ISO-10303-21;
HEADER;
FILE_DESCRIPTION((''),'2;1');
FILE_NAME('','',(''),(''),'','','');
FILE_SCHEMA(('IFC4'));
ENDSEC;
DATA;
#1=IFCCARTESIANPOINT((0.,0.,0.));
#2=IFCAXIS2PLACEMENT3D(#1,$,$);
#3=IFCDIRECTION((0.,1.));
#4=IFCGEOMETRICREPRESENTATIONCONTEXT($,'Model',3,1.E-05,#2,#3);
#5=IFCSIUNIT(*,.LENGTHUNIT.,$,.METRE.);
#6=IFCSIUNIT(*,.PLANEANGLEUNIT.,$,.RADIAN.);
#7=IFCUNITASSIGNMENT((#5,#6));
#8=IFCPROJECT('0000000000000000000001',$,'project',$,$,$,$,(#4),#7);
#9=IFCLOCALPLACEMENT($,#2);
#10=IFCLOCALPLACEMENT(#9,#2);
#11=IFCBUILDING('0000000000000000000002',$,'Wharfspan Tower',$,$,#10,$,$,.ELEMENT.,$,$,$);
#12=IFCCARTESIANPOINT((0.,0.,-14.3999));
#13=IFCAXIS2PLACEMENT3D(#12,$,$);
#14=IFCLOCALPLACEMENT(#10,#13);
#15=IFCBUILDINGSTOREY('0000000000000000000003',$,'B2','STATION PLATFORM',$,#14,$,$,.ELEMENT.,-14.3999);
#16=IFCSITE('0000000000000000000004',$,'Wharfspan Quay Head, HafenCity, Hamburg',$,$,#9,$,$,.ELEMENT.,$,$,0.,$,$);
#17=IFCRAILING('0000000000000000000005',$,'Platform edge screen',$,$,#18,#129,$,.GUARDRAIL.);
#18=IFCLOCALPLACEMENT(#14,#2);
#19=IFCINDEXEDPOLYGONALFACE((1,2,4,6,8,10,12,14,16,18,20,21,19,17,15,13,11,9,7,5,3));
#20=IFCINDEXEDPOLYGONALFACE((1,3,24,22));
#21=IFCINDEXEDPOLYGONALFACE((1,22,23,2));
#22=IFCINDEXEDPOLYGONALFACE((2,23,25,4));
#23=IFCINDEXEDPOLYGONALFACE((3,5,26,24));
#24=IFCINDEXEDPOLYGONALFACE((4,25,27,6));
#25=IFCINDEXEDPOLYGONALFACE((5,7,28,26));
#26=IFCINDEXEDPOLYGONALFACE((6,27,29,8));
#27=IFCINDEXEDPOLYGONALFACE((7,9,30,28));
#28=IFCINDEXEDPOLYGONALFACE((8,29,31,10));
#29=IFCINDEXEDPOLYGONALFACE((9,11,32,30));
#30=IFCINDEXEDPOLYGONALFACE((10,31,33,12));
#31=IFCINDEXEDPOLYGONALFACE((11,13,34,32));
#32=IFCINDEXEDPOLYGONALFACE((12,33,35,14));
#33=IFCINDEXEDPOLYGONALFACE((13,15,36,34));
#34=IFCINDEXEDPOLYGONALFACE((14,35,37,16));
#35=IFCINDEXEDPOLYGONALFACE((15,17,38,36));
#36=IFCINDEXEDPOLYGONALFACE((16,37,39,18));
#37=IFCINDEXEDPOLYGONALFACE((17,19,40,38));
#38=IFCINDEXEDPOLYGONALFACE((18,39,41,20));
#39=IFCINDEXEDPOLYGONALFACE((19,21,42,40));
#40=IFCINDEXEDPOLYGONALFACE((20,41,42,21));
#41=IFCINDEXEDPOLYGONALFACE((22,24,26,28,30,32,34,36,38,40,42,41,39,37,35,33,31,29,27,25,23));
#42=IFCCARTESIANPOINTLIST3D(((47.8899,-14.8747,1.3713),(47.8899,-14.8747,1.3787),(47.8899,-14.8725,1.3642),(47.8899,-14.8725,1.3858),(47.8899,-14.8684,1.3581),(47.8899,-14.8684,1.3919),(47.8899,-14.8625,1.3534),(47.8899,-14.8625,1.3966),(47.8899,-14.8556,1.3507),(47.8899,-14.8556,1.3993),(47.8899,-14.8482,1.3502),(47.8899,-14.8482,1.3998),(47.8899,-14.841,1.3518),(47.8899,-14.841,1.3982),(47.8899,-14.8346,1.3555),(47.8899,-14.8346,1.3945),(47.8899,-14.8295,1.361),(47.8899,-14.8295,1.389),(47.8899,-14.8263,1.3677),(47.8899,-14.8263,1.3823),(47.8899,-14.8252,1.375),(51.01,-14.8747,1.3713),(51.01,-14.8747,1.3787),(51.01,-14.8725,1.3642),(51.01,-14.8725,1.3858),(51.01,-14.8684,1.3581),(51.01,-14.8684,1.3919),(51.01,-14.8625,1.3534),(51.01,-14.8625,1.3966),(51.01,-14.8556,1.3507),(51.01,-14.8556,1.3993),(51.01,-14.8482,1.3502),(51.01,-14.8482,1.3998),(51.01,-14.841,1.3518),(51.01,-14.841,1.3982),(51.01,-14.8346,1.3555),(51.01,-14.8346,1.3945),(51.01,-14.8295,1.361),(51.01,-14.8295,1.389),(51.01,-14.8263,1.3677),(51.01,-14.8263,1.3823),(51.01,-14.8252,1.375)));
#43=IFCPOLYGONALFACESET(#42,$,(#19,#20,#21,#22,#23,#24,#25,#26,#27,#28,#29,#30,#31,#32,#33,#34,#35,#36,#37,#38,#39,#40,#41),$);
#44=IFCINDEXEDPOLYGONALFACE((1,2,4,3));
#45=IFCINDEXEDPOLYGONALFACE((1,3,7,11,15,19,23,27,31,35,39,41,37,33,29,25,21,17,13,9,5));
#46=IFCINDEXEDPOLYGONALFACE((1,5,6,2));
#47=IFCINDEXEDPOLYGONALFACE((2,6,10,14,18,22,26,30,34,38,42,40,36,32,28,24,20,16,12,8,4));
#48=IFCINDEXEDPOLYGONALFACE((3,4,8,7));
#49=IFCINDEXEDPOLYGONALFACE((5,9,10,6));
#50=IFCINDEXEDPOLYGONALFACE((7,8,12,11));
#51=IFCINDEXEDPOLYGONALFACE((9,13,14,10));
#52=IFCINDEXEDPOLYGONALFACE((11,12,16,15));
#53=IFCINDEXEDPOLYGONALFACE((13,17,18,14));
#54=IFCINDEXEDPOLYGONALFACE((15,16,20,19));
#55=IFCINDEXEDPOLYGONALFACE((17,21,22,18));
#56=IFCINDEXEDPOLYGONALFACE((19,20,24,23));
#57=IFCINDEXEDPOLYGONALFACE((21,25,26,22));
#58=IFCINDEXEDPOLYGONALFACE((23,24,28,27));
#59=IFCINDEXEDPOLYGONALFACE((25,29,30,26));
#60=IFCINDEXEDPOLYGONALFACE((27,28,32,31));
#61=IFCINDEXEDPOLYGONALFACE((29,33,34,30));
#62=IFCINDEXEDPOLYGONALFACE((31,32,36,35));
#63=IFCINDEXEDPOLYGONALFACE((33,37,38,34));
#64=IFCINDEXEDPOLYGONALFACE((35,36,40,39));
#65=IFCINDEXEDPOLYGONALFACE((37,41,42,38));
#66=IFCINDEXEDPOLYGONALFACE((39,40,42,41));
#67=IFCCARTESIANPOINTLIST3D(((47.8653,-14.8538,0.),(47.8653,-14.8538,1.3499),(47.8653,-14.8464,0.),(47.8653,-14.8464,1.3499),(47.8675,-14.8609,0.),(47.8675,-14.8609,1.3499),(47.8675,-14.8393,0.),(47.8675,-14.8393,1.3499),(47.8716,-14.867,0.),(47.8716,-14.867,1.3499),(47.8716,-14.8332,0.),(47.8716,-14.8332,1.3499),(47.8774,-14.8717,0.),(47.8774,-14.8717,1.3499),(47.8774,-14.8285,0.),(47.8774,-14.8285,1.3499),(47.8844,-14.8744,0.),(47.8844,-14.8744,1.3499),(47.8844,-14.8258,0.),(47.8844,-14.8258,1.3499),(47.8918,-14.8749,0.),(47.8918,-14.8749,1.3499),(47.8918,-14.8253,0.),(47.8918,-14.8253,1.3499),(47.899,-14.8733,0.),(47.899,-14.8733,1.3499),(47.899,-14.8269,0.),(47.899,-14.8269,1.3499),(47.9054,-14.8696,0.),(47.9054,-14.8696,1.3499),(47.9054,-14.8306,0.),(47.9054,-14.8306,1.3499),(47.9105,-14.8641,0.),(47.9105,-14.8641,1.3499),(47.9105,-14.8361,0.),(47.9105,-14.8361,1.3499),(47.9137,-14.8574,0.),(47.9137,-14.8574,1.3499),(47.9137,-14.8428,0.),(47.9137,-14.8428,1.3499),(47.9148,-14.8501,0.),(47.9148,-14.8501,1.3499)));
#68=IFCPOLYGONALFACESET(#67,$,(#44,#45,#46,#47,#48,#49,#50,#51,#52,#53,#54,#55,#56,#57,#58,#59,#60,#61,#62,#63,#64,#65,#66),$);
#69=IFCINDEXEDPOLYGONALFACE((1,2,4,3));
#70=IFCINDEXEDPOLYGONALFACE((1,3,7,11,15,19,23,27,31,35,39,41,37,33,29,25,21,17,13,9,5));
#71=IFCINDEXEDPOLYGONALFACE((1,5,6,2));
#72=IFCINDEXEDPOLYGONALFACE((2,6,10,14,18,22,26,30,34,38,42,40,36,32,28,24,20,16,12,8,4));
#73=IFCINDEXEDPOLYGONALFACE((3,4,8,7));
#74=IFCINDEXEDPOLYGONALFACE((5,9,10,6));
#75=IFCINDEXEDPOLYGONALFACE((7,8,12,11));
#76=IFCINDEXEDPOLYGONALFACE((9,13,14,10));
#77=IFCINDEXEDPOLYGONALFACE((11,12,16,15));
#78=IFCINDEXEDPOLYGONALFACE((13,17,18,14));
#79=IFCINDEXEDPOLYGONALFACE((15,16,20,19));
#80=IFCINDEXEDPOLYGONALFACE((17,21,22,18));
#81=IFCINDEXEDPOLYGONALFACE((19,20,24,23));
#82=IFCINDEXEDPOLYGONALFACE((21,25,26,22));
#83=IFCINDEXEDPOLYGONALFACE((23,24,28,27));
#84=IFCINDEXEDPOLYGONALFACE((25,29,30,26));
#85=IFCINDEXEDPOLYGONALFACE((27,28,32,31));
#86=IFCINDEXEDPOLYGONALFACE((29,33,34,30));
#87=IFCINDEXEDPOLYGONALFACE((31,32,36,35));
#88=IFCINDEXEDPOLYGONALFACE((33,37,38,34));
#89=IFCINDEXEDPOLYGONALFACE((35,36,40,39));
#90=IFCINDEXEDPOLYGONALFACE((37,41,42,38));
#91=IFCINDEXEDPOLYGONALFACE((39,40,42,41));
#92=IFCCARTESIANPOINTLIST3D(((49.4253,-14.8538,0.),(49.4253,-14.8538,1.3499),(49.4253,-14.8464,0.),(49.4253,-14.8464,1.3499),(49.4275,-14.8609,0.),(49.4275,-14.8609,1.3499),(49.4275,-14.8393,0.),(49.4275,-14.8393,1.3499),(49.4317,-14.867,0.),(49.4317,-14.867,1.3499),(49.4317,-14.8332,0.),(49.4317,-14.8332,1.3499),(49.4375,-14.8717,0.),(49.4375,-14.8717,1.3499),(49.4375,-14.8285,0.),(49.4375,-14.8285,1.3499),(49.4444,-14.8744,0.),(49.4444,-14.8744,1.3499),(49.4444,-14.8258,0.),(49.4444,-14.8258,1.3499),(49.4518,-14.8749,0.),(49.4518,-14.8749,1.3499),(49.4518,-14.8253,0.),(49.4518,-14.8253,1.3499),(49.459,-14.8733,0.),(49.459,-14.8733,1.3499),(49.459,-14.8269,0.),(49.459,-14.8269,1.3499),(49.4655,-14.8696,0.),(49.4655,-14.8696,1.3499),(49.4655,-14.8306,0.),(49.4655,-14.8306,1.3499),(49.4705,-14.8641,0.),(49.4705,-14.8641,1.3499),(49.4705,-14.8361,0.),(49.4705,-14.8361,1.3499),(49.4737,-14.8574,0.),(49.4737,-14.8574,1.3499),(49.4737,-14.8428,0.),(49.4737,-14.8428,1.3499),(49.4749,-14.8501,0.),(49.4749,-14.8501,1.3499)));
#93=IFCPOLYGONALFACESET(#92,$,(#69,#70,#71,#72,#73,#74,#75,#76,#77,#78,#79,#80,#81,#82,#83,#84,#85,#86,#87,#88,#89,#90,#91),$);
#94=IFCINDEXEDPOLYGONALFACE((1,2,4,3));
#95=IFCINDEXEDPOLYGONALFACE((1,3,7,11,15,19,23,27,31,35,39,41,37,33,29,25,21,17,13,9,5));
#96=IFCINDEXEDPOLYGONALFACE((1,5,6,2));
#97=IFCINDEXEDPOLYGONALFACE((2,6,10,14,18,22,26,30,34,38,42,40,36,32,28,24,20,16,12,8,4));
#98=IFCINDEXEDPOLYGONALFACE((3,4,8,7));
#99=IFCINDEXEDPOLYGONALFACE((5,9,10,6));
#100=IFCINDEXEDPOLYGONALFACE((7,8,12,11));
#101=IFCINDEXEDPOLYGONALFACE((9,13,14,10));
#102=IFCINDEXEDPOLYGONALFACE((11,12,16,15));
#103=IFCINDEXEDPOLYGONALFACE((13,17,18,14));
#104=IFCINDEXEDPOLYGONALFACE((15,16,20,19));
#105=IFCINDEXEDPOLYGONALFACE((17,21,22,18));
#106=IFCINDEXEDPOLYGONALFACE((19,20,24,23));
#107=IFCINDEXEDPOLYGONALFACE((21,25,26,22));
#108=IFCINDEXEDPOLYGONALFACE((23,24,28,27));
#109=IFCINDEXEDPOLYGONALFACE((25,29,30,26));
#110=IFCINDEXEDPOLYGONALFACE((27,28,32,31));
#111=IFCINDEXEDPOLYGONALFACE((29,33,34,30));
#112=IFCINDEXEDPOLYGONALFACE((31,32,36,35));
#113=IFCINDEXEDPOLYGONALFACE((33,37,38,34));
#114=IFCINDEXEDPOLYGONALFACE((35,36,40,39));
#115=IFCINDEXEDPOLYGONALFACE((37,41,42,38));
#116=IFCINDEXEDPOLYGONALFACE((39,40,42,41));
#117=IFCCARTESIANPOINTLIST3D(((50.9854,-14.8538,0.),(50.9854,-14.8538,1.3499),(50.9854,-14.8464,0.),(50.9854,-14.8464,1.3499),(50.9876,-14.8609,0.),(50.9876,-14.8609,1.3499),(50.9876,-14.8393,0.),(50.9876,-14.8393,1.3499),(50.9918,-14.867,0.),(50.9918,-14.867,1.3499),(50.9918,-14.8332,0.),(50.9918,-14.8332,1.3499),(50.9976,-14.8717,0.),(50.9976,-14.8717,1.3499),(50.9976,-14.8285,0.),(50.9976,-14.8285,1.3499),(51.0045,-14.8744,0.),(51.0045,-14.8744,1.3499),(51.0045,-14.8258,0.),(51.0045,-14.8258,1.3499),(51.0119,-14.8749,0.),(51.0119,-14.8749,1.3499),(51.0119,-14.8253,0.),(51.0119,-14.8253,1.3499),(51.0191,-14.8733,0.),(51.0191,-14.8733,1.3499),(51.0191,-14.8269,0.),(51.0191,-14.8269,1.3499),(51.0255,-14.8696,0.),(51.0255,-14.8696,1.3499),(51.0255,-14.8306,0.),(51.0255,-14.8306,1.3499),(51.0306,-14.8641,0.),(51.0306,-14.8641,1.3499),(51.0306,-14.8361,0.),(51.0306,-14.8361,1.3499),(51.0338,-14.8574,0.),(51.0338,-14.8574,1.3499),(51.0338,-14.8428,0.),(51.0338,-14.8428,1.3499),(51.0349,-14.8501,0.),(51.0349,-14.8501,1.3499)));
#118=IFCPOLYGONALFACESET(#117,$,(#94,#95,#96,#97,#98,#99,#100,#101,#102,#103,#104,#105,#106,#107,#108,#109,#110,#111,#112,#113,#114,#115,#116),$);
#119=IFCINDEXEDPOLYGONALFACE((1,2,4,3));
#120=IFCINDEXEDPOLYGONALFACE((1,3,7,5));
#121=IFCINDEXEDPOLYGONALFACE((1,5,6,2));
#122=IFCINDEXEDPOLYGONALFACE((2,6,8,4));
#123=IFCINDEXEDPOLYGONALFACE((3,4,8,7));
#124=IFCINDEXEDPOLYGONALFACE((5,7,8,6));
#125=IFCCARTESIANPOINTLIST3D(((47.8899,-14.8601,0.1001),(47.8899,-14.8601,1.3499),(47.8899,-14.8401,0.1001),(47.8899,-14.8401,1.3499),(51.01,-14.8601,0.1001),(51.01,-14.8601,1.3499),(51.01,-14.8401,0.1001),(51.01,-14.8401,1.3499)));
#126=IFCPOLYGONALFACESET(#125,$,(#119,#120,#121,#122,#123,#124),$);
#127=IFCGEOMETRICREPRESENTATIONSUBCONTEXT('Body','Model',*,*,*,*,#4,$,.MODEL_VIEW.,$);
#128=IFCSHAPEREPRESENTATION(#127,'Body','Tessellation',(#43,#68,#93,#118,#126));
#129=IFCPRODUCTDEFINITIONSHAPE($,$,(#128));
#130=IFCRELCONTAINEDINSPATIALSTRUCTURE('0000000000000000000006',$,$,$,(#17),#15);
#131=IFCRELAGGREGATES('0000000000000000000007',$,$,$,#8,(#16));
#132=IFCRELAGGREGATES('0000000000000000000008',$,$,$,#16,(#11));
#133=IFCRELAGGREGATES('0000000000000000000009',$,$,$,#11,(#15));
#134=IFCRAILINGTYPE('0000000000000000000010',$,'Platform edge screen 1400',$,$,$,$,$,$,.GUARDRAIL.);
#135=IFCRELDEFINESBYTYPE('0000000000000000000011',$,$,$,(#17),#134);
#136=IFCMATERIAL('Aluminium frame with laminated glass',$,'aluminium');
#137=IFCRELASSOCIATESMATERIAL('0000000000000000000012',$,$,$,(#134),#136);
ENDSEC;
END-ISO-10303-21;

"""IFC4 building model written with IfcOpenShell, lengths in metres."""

from ifc_helpers import new_model, si_unit, direction, frame, origin, origin_2d, place, context, subcontext, project, spatial, rectangle, circle, extrude, material, type_object, element, save


model = new_model("IFC4")

# Units and contexts
model_context = context("Model", 3, precision=1e-05, world=origin(), true_north=direction((0.0, 1.0)))
body_context = subcontext(model_context, "Body", "Model", "MODEL_VIEW")
ifc_project = project(units=[si_unit("LENGTHUNIT", "METRE"), si_unit("PLANEANGLEUNIT", "RADIAN")], contexts=[model_context])

# Site, building, storey
site_placement = place(None, origin())
site = spatial("IfcSite", under=ifc_project, at=site_placement, Name="Wharfspan Quay Head, HafenCity, Hamburg", CompositionType="ELEMENT", RefElevation=0.0)
building_placement = place(site_placement, origin())
building = spatial("IfcBuilding", under=site, at=building_placement, Name="Wharfspan Tower", CompositionType="ELEMENT")
storey_placement = place(building_placement, frame((0.0, 0.0, -14.3999)))
storey = spatial("IfcBuildingStorey", under=building, at=storey_placement, Name="B2", Description="STATION PLATFORM", CompositionType="ELEMENT", Elevation=-14.3999)

# Railing
ifc_material_1 = material(Name="Aluminium frame with laminated glass", Category="aluminium")
railing_type_1 = type_object("IfcRailingType", Name="Platform edge screen 1400", PredefinedType="GUARDRAIL", material=ifc_material_1)
for number, where, name in (
    (1, (47.8899, -14.8501, 0.0), "Platform edge screen"),
):
    element("IfcRailing", number, at=place(storey_placement, frame(where)), inside=storey, type_object=railing_type_1, Name=name, PredefinedType="GUARDRAIL", context=body_context, shape_type="SweptSolid", body=[
        extrude(circle(Radius=0.0249, at=origin_2d()), frame((0.0, 0.0, 1.375), z_axis=(1.0, 0.0, 0.0), x_axis=(0.0, 1.0, 0.0)), (0.0, 0.0, 1.0), 3.1201),
        extrude(circle(Radius=0.0249, at=origin_2d()), origin(), (0.0, 0.0, 1.0), 1.3499),
        extrude(circle(Radius=0.0249, at=origin_2d()), frame((1.5601, 0.0, 0.0)), (0.0, 0.0, 1.0), 1.3499),
        extrude(circle(Radius=0.0249, at=origin_2d()), frame((3.1201, 0.0, 0.0)), (0.0, 0.0, 1.0), 1.3499),
        extrude(rectangle(XDim=3.1201, YDim=0.02, at=origin_2d()), frame((1.5601, 0.0, 0.1001), z_axis=(0.0, 0.0, 1.0), x_axis=(1.0, 0.0, 0.0)), (0.0, 0.0, 1.0), 1.2498),
    ])

save(model, "model.ifc")
